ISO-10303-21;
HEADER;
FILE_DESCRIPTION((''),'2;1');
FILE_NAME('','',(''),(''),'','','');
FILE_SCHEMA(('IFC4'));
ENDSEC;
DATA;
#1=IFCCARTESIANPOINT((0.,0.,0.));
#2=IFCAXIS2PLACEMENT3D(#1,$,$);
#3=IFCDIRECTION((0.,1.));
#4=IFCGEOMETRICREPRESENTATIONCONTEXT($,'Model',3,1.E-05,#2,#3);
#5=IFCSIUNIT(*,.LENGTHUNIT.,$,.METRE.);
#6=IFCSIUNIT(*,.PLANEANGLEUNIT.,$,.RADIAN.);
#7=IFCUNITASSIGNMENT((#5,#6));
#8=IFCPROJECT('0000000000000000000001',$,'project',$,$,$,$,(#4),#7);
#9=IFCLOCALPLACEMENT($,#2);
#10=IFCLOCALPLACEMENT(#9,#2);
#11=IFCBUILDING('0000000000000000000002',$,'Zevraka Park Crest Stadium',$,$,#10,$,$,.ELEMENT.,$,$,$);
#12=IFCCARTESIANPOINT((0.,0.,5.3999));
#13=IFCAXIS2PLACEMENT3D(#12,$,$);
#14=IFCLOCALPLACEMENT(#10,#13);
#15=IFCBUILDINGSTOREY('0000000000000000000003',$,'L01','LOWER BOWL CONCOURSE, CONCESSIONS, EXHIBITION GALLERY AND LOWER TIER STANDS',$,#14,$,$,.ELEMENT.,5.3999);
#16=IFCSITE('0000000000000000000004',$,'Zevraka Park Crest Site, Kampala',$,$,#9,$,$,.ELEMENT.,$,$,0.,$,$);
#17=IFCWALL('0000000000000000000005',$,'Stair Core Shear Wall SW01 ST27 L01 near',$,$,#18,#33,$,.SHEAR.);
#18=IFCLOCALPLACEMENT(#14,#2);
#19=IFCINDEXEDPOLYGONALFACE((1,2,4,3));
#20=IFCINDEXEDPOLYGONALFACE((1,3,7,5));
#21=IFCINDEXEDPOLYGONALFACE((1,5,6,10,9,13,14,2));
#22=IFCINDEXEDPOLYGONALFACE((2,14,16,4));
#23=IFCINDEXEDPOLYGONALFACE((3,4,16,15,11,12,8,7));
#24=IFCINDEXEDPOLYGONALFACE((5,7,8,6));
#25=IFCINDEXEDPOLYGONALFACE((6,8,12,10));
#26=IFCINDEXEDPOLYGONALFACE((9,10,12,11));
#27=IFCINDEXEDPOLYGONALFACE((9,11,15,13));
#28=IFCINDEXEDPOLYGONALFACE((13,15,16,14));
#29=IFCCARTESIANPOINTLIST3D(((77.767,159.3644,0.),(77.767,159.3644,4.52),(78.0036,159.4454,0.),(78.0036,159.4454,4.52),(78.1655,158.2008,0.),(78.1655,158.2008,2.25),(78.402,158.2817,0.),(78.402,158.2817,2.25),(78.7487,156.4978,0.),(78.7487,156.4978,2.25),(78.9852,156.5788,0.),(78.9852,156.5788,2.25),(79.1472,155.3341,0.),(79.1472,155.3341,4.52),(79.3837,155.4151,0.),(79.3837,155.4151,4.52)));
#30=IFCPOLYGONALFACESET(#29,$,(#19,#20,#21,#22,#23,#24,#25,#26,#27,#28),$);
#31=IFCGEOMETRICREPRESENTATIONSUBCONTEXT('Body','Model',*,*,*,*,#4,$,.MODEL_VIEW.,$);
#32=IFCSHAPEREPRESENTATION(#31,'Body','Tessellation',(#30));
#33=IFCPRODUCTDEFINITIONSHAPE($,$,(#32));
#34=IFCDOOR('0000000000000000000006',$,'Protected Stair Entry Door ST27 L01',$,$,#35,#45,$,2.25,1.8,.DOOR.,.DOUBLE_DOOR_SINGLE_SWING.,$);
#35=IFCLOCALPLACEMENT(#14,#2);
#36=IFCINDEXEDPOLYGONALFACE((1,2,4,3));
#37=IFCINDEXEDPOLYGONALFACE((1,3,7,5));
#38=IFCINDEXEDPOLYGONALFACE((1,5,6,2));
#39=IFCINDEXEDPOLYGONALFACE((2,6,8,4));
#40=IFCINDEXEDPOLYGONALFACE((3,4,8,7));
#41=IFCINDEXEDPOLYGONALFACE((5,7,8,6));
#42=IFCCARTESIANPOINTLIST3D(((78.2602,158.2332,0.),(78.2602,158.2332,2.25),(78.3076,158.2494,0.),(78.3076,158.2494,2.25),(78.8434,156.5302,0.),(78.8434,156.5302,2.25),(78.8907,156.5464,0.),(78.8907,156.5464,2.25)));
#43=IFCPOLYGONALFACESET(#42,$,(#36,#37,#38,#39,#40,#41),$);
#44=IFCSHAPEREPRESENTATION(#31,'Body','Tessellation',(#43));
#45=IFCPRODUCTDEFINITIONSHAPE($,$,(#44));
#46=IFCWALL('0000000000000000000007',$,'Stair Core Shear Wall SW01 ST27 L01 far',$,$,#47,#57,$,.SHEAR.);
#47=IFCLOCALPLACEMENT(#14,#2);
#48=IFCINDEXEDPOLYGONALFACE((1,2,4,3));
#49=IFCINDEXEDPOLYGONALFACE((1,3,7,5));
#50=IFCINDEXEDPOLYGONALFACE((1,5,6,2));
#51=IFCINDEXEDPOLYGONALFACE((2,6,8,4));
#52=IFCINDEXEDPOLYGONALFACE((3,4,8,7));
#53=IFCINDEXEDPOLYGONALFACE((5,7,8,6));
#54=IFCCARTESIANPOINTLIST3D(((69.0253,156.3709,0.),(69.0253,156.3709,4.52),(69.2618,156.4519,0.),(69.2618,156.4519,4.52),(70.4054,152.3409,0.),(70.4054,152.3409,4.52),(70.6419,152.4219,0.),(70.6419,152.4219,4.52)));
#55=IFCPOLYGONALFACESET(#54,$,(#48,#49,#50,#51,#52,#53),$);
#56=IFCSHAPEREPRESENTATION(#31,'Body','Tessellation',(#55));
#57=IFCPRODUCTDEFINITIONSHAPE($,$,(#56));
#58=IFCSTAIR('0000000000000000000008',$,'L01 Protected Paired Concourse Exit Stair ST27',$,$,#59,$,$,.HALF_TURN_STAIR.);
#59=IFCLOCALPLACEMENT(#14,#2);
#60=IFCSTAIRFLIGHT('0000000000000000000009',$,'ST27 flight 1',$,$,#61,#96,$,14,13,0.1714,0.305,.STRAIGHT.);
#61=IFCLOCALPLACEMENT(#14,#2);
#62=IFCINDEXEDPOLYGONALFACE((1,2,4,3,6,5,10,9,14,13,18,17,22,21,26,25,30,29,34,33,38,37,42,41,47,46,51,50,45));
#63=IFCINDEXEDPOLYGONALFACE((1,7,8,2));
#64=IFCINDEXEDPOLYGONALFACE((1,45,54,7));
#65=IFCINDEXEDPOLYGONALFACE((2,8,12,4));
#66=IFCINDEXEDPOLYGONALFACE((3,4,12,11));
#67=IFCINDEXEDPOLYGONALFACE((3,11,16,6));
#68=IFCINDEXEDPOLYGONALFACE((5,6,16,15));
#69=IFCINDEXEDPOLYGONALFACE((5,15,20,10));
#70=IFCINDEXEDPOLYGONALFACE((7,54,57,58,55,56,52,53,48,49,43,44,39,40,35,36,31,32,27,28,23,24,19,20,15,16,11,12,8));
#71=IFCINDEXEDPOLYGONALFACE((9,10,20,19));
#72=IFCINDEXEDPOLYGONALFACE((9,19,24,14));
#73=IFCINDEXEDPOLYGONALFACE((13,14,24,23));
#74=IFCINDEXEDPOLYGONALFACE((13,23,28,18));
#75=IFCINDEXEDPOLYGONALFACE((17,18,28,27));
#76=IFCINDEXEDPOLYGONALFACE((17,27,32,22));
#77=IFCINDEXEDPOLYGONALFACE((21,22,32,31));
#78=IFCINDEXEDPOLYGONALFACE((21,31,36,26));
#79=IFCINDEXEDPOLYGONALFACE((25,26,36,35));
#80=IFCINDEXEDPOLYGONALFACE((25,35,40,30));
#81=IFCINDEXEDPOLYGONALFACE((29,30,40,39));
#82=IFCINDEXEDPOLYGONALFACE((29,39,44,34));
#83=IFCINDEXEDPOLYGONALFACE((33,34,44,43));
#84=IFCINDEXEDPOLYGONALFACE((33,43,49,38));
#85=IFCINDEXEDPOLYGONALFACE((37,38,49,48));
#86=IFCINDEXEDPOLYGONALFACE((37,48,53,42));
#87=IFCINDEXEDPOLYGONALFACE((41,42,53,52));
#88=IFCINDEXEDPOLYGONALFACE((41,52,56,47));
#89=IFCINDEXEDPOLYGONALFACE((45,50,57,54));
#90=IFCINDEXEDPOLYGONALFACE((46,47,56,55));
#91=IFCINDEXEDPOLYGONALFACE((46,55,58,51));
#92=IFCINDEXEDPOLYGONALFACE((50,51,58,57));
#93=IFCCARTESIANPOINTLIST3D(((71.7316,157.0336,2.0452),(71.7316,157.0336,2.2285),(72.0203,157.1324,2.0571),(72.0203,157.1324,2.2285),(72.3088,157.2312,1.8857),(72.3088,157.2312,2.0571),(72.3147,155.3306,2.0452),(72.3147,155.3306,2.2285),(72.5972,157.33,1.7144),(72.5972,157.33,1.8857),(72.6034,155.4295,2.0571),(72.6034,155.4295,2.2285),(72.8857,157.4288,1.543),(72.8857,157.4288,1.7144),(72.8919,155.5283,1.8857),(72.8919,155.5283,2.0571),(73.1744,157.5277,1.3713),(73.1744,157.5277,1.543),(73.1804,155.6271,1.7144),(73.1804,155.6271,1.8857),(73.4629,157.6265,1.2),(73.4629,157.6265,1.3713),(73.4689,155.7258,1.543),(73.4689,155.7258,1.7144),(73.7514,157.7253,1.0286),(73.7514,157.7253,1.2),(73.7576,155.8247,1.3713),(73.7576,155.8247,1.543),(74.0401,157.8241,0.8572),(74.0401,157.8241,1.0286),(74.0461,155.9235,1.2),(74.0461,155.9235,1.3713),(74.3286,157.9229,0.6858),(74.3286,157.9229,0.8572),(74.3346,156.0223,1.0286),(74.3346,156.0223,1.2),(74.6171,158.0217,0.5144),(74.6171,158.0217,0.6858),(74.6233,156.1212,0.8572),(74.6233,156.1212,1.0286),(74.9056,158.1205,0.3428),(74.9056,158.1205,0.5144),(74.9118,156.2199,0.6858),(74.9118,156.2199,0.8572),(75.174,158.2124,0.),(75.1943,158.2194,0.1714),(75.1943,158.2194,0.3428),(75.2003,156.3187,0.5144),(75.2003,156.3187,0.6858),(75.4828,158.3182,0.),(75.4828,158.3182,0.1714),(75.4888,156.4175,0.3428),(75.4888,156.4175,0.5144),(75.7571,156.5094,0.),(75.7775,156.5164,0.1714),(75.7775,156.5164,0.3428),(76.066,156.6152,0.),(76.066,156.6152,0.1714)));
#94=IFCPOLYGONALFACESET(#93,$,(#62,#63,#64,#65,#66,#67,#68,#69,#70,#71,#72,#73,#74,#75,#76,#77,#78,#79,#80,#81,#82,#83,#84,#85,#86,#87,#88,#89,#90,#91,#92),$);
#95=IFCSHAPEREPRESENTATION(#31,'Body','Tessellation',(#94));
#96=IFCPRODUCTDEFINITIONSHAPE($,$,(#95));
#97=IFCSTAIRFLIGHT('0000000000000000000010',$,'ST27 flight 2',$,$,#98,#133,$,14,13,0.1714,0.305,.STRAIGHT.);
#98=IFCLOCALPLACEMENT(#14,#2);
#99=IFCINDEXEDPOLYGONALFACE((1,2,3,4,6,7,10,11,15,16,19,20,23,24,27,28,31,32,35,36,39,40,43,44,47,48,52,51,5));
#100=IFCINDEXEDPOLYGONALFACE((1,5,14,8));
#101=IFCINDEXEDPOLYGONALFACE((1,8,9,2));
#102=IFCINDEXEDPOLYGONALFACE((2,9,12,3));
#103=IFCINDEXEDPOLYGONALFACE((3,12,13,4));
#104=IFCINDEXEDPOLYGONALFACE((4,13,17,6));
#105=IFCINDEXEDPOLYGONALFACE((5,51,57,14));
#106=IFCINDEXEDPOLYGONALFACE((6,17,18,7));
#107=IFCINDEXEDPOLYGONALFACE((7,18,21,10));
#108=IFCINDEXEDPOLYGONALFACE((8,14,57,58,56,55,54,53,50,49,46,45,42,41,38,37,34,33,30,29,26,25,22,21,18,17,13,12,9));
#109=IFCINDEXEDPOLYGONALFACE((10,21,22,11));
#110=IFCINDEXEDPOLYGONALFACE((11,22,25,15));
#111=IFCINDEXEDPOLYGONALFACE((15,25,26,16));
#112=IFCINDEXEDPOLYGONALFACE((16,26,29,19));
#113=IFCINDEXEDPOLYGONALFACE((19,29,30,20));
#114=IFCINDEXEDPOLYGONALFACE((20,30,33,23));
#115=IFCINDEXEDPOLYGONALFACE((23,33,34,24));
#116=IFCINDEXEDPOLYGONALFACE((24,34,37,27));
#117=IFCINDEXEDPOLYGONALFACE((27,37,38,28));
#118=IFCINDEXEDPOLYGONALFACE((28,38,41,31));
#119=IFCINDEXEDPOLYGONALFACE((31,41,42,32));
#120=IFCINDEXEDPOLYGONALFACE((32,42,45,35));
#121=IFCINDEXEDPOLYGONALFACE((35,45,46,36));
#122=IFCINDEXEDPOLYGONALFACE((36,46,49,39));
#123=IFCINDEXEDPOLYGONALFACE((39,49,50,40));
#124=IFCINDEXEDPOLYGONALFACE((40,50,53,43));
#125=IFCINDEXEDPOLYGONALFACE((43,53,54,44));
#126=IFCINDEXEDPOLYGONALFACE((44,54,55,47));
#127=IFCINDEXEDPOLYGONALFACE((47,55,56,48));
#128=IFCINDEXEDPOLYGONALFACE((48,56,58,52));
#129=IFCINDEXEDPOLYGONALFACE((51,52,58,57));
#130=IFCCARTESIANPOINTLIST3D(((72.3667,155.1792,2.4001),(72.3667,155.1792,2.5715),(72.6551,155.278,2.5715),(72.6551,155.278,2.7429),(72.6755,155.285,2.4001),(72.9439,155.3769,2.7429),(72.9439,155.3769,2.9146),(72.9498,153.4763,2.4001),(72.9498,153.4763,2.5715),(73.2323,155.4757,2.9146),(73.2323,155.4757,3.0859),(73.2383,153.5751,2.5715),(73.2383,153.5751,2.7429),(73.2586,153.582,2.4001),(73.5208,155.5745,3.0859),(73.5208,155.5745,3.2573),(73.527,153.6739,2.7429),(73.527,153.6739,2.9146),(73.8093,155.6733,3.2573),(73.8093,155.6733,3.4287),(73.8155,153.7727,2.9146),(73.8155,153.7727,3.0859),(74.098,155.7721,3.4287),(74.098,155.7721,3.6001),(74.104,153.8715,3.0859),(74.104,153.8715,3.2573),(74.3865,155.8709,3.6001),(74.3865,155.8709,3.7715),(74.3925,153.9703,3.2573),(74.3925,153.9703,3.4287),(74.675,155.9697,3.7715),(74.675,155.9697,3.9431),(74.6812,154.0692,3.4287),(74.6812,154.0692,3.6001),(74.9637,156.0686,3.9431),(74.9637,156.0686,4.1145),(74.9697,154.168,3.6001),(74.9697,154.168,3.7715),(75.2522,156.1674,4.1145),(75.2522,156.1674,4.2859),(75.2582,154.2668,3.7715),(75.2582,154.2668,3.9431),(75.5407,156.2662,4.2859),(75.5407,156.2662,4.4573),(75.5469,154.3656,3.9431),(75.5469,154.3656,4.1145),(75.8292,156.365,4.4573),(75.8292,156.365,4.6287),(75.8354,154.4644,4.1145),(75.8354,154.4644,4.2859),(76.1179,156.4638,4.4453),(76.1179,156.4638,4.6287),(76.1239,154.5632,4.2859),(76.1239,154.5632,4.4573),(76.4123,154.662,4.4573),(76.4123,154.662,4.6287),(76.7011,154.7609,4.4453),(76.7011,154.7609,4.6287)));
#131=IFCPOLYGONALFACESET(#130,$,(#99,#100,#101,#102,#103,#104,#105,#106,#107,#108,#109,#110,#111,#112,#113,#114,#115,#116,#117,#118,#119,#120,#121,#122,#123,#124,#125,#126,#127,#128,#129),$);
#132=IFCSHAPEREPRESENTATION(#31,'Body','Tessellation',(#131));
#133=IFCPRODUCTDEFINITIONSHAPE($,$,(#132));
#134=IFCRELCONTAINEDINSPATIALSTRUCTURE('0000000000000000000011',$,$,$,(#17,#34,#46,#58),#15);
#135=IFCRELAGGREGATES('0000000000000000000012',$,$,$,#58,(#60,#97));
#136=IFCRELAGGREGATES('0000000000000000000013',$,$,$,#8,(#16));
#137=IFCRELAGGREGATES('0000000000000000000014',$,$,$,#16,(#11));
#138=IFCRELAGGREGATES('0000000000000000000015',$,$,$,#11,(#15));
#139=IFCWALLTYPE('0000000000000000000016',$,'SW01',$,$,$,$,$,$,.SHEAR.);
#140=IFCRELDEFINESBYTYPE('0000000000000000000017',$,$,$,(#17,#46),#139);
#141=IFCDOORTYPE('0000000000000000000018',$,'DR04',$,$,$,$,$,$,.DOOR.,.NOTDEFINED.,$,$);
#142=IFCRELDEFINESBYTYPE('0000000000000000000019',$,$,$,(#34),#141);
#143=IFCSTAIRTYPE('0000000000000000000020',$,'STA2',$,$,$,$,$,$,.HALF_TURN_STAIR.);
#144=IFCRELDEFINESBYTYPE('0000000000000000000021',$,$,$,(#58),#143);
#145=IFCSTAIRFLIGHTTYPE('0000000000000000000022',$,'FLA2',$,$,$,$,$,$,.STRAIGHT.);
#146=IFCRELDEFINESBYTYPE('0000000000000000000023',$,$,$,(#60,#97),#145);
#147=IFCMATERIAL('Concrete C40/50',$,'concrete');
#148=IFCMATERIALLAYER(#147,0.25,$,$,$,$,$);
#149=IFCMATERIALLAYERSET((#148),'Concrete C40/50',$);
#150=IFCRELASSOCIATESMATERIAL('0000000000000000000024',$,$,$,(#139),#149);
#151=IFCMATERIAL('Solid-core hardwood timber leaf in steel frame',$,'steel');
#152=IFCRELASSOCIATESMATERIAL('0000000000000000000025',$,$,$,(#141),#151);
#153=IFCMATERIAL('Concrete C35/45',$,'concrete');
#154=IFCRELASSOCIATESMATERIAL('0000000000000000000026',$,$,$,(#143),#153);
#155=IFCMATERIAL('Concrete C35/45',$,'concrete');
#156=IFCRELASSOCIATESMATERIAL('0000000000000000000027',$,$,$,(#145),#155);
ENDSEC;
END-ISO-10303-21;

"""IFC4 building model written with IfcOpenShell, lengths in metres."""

from ifc_helpers import new_model, si_unit, direction, frame, frame_2d, origin, place, context, subcontext, project, spatial, polyline, rectangle, outline, extrude, material, layer, layer_set, type_object, element, fill, aggregate, save


model = new_model("IFC4")

# Units and contexts
model_context = context("Model", 3, precision=1e-05, world=origin(), true_north=direction((0.0, 1.0)))
body_context = subcontext(model_context, "Body", "Model", "MODEL_VIEW")
ifc_project = project(units=[si_unit("LENGTHUNIT", "METRE"), si_unit("PLANEANGLEUNIT", "RADIAN")], contexts=[model_context])

# Site, building, storey
site_placement = place(None, origin())
site = spatial("IfcSite", under=ifc_project, at=site_placement, Name="Zevraka Park Crest Site, Kampala", CompositionType="ELEMENT", RefElevation=0.0)
building_placement = place(site_placement, origin())
building = spatial("IfcBuilding", under=site, at=building_placement, Name="Zevraka Park Crest Stadium", CompositionType="ELEMENT")
storey_placement = place(building_placement, frame((0.0, 0.0, 5.3999)))
storey = spatial("IfcBuildingStorey", under=building, at=storey_placement, Name="L01", Description="LOWER BOWL CONCOURSE, CONCESSIONS, EXHIBITION GALLERY AND LOWER TIER STANDS", CompositionType="ELEMENT", Elevation=5.3999)

# Shared definitions
ifc_material_1 = material(Name="Concrete C40/50", Category="concrete")
ifc_layer_1 = layer(ifc_material_1, 0.25)
ifc_layer_set_1 = layer_set([ifc_layer_1], Name="Concrete C40/50")
wall_type_1 = type_object("IfcWallType", Name="SW01", PredefinedType="SHEAR", material=ifc_layer_set_1)

# Wall, opening, door
wall_1_placement = place(storey_placement, frame((79.2654, 155.3748, 0.0), z_axis=(0.0, 0.0, 1.0), x_axis=(-0.323971, 0.946067, 0.0)))
wall_1 = element("IfcWall", 1, at=wall_1_placement, inside=storey, type_object=wall_type_1, Name="Stair Core Shear Wall SW01 ST27 L01 near", PredefinedType="SHEAR", context=body_context, shape_type="SweptSolid", body=[
    extrude(rectangle(XDim=4.26, YDim=0.25, at=frame_2d((2.1299, 0.0))), origin(), (0.0, 0.0, 1.0), 4.52),
])
opening_placement = place(wall_1_placement, frame((1.23, 0.0, 0.0)))
opening = element("IfcOpeningElement", 2, at=opening_placement, cuts=wall_1, PredefinedType="OPENING", context=body_context, shape_type="SweptSolid", body=[
    extrude(rectangle(XDim=1.8, YDim=2.25, at=frame_2d((0.8999, 1.125))), frame((0.0, 0.135, 0.0), z_axis=(0.0, -1.0, 0.0), x_axis=(1.0, 0.0, 0.0)), (0.0, 0.0, 1.0), 0.27),
])
ifc_material_2 = material(Name="Solid-core hardwood timber leaf in steel frame", Category="steel")
door_type = type_object("IfcDoorType", Name="DR04", OperationType="NOTDEFINED", PredefinedType="DOOR", material=ifc_material_2)
door_placement = place(opening_placement, origin())
door = element("IfcDoor", 3, at=door_placement, inside=storey, type_object=door_type, Name="Protected Stair Entry Door ST27 L01", OperationType="DOUBLE_DOOR_SINGLE_SWING", OverallHeight=2.25, OverallWidth=1.8, PredefinedType="DOOR", context=body_context, shape_type="SweptSolid", body=[
    extrude(rectangle(XDim=1.8, YDim=2.25, at=frame_2d((0.8999, 1.125))), frame((0.0, 0.0249, 0.0), z_axis=(0.0, -1.0, 0.0), x_axis=(1.0, 0.0, 0.0)), (0.0, 0.0, 1.0), 0.05),
])
fill(opening, door)

# Wall
wall_2_placement = place(storey_placement, frame((69.1436, 156.4114, 0.0), z_axis=(0.0, 0.0, 1.0), x_axis=(0.323989, -0.946061, 0.0)))
element("IfcWall", 4, at=wall_2_placement, inside=storey, type_object=wall_type_1, Name="Stair Core Shear Wall SW01 ST27 L01 far", PredefinedType="SHEAR", context=body_context, shape_type="SweptSolid", body=[
    extrude(rectangle(XDim=4.2598, YDim=0.25, at=frame_2d((2.1299, 0.0))), origin(), (0.0, 0.0, 1.0), 4.52),
])

# Stair, stair flights
ifc_material_3 = material(Name="Concrete C35/45", Category="concrete")
stair_type = type_object("IfcStairType", Name="STA2", PredefinedType="HALF_TURN_STAIR", material=ifc_material_3)
stair_placement = place(storey_placement, origin())
stair = element("IfcStair", 5, at=stair_placement, inside=storey, type_object=stair_type, Name="L01 Protected Paired Concourse Exit Stair ST27", PredefinedType="HALF_TURN_STAIR")
ifc_material_4 = material(Name="Concrete C35/45", Category="concrete")
stair_flight_type = type_object("IfcStairFlightType", Name="FLA2", PredefinedType="STRAIGHT", material=ifc_material_4)
stair_flight_1_placement = place(storey_placement, frame((75.7744, 157.4666, 0.0), z_axis=(0.0, 0.0, 1.0), x_axis=(-0.946066, -0.323974, 0.0)))
stair_flight_1 = element("IfcStairFlight", 6, at=stair_flight_1_placement, type_object=stair_flight_type, Name="ST27 flight 1", NumberOfRisers=14, NumberOfTreads=13, PredefinedType="STRAIGHT", RiserHeight=0.1714, TreadLength=0.305, context=body_context, shape_type="SweptSolid", body=[
    extrude(outline(polyline([(0.0, 0.0), (0.0, 0.1714), (0.3049, 0.1714), (0.3049, 0.3428), (0.6101, 0.3428), (0.6101, 0.5144), (0.915, 0.5144), (0.915, 0.6858), (1.22, 0.6858), (1.22, 0.8572), (1.5249, 0.8572), (1.5249, 1.0286), (1.8301, 1.0286), (1.8301, 1.2), (2.135, 1.2), (2.135, 1.3713), (2.4399, 1.3713), (2.4399, 1.543), (2.7451, 1.543), (2.7451, 1.7144), (3.05, 1.7144), (3.05, 1.8857), (3.355, 1.8857), (3.355, 2.0571), (3.6599, 2.0571), (3.6599, 2.2285), (3.9651, 2.2285), (3.9651, 2.3999), (3.9651, 2.0452), (0.3264, 0.0), (0.0, 0.0)])), frame((0.0, 0.8999, 0.0), z_axis=(0.0, -1.0, 0.0), x_axis=(1.0, 0.0, 0.0)), (0.0, 0.0, 1.0), 1.8),
])
stair_flight_2_placement = place(storey_placement, frame((72.6582, 154.3279, 2.4001), z_axis=(0.0, 0.0, 1.0), x_axis=(0.946066, 0.323974, 0.0)))
stair_flight_2 = element("IfcStairFlight", 7, at=stair_flight_2_placement, type_object=stair_flight_type, Name="ST27 flight 2", NumberOfRisers=14, NumberOfTreads=13, PredefinedType="STRAIGHT", RiserHeight=0.1714, TreadLength=0.305, context=body_context, shape_type="SweptSolid", body=[
    extrude(outline(polyline([(0.0, 0.0), (0.0, 0.1714), (0.3049, 0.1714), (0.3049, 0.3428), (0.6101, 0.3428), (0.6101, 0.5144), (0.915, 0.5144), (0.915, 0.6858), (1.22, 0.6858), (1.22, 0.8572), (1.5249, 0.8572), (1.5249, 1.0286), (1.8301, 1.0286), (1.8301, 1.2), (2.135, 1.2), (2.135, 1.3713), (2.4399, 1.3713), (2.4399, 1.543), (2.7451, 1.543), (2.7451, 1.7144), (3.05, 1.7144), (3.05, 1.8857), (3.355, 1.8857), (3.355, 2.0571), (3.6599, 2.0571), (3.6599, 2.2285), (3.9651, 2.2285), (3.9651, 2.3999), (3.9651, 2.0452), (0.3264, 0.0), (0.0, 0.0)])), frame((0.0, 0.8999, 0.0), z_axis=(0.0, -1.0, 0.0), x_axis=(1.0, 0.0, 0.0)), (0.0, 0.0, 1.0), 1.8),
])
aggregate(stair, [stair_flight_1, stair_flight_2])

save(model, "model.ifc")
